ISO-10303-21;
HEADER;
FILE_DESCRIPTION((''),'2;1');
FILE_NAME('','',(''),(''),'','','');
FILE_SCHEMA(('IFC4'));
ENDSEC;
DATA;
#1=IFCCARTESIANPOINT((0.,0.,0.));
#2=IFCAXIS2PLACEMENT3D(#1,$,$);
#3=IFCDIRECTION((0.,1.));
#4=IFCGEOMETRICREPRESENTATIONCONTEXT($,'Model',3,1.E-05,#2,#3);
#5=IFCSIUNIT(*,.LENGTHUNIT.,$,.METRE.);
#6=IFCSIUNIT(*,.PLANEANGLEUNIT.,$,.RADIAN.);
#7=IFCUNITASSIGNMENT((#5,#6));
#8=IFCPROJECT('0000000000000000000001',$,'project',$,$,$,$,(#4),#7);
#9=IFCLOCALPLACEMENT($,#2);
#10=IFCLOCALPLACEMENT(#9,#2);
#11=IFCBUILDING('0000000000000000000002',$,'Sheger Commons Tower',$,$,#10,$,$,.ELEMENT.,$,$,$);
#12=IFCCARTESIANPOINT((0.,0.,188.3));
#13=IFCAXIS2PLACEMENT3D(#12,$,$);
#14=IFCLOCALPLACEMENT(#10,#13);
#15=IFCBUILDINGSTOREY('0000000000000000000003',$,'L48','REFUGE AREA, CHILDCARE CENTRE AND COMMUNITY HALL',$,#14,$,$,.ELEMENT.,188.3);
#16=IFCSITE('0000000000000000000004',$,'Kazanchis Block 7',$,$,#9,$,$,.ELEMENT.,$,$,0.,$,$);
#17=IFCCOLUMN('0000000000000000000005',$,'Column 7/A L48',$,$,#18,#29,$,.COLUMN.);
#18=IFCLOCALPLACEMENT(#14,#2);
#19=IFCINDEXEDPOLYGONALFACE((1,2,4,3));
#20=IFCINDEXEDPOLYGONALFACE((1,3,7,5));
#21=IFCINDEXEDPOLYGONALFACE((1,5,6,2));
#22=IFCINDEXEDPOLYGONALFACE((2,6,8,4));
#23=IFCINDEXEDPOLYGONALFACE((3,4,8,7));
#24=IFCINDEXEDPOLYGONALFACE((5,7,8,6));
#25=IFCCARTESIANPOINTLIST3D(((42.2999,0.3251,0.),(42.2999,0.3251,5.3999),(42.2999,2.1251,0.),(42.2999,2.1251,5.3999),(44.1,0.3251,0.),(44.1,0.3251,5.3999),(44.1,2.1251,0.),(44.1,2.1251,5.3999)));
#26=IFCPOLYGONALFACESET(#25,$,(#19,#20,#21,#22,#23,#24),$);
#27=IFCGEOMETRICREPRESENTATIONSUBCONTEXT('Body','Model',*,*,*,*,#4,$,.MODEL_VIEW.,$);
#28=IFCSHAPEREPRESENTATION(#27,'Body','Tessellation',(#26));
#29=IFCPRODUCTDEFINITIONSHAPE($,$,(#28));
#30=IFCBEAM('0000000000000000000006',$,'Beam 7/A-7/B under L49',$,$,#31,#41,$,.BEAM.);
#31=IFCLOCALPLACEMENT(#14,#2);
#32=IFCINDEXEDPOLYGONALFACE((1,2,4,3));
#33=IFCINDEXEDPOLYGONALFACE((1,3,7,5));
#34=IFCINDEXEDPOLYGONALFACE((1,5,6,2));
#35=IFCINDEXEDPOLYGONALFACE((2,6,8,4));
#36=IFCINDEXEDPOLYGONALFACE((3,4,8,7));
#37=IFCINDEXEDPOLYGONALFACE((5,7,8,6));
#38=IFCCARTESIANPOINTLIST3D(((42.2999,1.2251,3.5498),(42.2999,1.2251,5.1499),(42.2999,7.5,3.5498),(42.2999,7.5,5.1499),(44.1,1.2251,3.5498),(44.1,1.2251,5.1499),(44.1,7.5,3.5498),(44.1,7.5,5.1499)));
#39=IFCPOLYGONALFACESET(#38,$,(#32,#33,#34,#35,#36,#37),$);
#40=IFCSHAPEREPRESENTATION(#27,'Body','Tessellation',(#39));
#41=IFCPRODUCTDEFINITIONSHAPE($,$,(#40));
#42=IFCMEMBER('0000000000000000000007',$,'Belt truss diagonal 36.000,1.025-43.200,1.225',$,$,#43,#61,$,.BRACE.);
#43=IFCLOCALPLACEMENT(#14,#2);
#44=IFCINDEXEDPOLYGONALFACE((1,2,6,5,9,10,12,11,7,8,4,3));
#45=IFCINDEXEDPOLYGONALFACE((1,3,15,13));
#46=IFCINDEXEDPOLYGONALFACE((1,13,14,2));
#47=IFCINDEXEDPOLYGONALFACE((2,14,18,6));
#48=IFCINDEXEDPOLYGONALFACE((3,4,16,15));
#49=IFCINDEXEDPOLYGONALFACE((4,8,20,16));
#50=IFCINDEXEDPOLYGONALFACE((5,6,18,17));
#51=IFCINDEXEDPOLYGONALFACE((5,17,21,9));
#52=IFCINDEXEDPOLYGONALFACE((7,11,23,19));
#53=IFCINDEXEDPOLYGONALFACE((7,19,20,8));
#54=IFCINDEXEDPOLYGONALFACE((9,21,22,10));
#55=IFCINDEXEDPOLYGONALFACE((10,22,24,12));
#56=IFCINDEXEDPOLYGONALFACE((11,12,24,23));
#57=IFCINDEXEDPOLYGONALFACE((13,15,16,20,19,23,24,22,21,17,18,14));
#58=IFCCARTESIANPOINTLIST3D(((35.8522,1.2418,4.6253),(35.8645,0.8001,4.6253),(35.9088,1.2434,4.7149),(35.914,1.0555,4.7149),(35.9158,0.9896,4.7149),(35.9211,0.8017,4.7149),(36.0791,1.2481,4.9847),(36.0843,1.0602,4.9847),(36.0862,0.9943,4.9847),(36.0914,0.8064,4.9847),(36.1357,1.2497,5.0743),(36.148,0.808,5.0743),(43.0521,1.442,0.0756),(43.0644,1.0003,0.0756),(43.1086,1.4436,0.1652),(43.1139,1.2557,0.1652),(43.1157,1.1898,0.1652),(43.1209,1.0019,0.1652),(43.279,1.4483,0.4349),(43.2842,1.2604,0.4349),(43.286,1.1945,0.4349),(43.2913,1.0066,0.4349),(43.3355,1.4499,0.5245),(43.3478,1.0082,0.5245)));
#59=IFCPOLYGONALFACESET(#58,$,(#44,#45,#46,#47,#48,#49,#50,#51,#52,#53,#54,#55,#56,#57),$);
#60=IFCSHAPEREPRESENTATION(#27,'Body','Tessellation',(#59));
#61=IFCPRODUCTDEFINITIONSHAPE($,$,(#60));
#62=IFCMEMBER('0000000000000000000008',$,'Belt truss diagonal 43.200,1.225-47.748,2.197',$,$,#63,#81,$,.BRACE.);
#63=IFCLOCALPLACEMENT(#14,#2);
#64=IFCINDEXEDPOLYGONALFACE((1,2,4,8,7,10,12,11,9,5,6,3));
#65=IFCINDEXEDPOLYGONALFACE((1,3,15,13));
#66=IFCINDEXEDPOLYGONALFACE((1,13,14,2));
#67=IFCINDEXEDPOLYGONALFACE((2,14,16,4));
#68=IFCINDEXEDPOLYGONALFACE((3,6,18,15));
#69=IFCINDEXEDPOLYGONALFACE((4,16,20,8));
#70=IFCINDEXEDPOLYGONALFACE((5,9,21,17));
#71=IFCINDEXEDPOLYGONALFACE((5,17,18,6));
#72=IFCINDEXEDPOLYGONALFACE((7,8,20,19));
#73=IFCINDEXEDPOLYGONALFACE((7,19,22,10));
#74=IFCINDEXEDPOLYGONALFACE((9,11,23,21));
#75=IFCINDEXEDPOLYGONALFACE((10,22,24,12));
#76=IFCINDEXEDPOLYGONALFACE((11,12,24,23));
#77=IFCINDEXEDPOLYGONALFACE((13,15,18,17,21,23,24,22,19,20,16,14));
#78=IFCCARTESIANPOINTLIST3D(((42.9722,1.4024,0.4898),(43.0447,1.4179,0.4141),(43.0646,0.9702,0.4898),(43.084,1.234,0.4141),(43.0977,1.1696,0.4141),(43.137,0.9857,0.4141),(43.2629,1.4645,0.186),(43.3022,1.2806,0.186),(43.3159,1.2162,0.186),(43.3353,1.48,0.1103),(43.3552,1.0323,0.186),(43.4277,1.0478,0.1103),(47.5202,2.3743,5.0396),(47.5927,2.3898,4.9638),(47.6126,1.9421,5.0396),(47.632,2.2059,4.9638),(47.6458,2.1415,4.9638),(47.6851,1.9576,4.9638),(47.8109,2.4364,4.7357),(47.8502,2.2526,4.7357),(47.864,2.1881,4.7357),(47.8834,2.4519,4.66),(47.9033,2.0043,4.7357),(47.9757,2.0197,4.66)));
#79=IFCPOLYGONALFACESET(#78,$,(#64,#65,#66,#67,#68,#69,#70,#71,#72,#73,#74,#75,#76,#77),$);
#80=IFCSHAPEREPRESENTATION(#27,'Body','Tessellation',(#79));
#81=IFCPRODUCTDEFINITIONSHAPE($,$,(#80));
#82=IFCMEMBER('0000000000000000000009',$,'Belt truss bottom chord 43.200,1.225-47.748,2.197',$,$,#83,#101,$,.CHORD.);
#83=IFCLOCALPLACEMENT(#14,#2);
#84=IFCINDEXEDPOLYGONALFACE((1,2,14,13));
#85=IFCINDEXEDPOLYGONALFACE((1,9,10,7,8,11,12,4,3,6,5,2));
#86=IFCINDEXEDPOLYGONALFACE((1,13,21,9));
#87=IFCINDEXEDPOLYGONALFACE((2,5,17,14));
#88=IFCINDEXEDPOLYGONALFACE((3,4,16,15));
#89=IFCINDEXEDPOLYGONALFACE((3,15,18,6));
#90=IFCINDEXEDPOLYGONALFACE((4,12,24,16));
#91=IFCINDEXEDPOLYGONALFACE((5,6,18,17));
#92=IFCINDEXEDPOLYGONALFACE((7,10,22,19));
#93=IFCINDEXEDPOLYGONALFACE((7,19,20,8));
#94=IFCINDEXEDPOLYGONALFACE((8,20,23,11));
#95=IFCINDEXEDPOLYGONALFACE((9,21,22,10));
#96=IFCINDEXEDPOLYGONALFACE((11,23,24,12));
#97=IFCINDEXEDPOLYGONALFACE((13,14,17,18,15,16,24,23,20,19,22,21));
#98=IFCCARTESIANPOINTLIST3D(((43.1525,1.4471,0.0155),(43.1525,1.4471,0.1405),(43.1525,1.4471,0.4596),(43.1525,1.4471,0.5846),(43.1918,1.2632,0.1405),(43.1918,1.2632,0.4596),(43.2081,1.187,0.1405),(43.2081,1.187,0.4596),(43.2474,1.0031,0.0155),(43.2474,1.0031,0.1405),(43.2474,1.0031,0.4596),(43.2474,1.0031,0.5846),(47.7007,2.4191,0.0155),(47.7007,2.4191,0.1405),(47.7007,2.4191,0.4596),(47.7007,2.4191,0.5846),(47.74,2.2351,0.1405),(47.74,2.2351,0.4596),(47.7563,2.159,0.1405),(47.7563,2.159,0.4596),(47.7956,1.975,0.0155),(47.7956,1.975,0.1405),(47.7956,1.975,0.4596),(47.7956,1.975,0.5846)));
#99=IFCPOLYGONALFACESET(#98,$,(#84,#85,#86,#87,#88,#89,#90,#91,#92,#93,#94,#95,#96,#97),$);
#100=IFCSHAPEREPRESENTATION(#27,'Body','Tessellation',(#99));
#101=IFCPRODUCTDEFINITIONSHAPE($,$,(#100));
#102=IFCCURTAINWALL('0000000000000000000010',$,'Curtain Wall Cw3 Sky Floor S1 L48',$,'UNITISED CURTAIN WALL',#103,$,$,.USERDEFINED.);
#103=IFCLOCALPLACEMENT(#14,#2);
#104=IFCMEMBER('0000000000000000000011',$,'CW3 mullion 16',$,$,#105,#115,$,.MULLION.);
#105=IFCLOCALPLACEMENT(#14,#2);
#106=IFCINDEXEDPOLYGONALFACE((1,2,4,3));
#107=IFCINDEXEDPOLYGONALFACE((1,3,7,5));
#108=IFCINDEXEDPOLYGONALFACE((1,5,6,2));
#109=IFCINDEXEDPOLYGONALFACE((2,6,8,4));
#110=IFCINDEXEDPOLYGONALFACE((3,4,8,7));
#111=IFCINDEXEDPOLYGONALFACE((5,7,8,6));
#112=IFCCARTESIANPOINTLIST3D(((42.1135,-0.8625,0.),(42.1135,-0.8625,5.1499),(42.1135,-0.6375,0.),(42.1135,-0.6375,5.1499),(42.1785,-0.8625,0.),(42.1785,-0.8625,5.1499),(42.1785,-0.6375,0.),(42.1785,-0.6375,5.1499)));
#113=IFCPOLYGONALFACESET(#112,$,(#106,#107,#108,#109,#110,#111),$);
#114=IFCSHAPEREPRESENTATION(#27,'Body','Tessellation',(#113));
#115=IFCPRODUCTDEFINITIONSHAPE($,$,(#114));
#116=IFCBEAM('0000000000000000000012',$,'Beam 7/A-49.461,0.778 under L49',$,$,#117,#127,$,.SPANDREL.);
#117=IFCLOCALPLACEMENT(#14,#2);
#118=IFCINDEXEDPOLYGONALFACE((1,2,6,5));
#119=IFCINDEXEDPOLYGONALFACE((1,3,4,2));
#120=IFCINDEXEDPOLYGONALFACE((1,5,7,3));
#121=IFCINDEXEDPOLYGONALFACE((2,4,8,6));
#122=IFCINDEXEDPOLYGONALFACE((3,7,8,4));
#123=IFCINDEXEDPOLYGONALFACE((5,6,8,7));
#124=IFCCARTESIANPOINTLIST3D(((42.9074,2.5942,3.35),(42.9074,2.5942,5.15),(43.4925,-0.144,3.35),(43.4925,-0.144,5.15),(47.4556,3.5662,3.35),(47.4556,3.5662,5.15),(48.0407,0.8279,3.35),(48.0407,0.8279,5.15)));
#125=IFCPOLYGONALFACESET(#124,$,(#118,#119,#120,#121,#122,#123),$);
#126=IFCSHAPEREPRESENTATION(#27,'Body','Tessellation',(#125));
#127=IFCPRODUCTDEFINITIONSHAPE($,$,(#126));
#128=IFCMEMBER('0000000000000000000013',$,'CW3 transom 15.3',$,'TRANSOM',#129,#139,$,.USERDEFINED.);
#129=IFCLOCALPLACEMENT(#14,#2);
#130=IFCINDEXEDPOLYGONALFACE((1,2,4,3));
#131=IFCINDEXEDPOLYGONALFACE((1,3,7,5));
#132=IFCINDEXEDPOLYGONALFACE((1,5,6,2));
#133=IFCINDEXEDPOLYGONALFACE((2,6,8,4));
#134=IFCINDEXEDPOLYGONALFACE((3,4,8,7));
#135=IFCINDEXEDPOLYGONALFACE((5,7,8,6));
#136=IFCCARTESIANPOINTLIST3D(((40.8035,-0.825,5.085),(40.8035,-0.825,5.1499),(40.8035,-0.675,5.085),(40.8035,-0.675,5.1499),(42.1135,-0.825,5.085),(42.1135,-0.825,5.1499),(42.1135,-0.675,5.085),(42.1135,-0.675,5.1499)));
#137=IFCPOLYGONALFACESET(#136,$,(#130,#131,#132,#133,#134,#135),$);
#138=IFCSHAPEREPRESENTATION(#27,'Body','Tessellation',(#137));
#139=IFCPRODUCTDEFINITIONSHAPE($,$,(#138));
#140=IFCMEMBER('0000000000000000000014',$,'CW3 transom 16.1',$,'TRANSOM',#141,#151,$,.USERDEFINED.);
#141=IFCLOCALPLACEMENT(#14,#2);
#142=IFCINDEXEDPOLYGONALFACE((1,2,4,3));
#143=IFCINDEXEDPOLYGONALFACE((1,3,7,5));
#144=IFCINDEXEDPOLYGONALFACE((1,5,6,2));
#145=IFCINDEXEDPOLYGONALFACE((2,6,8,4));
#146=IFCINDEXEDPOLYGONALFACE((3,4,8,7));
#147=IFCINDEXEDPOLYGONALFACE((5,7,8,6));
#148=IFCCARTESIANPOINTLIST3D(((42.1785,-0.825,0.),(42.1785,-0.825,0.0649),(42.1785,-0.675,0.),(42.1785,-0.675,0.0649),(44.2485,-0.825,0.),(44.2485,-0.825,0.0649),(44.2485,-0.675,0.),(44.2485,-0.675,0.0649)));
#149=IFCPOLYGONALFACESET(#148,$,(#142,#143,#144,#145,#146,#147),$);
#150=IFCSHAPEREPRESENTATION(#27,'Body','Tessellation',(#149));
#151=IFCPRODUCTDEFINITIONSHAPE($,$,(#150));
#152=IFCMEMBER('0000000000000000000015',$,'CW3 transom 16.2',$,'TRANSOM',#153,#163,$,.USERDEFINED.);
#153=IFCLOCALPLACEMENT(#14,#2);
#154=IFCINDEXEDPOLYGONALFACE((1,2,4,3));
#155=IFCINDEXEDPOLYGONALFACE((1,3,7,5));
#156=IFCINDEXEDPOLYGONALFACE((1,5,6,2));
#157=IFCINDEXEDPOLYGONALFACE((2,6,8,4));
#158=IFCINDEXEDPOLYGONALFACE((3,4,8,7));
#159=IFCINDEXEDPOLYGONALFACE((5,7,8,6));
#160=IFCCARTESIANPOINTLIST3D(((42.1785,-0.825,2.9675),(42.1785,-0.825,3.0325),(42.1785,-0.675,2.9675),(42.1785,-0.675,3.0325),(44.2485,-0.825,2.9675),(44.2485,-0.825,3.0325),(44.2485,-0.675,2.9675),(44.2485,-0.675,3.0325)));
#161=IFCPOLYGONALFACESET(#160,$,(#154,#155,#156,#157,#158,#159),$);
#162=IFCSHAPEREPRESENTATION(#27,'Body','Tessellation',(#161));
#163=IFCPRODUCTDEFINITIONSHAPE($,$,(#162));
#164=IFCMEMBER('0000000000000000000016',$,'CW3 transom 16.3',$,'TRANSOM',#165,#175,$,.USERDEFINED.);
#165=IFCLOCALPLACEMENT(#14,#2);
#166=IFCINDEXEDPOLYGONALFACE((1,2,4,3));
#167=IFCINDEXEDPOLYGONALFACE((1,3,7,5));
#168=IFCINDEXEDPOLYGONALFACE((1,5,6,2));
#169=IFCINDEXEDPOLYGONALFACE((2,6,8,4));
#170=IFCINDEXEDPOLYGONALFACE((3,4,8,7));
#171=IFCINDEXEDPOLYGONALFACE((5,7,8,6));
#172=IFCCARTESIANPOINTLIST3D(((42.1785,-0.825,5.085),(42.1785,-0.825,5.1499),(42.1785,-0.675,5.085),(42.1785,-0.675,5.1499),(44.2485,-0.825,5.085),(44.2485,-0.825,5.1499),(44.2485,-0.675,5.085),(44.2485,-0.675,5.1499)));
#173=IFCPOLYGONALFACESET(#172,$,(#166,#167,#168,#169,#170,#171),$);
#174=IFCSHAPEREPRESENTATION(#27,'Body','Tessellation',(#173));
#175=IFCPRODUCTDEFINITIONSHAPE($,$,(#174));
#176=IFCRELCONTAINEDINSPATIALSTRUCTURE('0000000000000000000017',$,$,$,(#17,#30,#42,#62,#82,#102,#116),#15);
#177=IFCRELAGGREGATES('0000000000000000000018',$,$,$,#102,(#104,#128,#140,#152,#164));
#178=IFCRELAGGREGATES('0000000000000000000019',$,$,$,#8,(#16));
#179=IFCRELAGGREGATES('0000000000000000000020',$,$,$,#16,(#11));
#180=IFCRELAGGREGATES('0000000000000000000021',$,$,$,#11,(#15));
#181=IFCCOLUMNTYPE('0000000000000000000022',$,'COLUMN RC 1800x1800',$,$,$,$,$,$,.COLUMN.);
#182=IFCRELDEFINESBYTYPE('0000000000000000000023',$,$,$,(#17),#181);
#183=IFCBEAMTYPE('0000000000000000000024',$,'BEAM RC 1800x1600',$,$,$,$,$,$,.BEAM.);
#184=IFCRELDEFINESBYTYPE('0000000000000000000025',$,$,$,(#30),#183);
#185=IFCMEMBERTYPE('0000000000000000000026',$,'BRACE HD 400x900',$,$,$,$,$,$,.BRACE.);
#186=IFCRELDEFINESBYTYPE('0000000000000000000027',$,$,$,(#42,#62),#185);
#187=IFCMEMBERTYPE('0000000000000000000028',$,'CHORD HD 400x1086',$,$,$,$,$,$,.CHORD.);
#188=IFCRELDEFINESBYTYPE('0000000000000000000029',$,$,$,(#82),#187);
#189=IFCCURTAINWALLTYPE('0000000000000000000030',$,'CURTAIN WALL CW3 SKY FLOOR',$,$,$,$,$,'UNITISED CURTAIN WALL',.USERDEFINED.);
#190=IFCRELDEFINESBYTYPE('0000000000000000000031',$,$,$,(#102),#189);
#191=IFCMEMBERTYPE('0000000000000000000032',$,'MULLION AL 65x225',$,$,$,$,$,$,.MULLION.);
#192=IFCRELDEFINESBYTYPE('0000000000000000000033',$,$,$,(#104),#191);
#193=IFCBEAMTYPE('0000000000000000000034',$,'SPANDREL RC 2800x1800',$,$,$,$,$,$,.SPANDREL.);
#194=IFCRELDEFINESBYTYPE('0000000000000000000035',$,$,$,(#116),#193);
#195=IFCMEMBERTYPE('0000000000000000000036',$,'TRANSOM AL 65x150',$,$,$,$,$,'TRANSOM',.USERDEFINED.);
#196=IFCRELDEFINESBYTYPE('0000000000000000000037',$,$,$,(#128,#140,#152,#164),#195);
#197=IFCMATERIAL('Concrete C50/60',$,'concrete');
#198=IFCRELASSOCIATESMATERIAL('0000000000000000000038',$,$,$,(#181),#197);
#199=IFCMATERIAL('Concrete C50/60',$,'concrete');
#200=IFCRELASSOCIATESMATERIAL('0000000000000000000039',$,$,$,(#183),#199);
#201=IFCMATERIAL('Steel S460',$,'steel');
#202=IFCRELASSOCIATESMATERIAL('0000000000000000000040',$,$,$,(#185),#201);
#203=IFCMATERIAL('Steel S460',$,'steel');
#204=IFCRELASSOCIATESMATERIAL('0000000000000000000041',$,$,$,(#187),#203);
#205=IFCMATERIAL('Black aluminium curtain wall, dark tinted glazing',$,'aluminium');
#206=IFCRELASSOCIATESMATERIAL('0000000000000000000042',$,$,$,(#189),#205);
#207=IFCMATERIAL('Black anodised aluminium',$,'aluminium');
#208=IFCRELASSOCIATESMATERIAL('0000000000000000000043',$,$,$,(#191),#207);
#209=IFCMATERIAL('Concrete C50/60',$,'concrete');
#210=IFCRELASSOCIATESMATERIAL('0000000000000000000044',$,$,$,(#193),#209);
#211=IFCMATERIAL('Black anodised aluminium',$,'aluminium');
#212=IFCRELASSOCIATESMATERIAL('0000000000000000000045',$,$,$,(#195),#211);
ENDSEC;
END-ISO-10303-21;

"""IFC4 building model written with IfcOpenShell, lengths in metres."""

from ifc_helpers import new_model, si_unit, direction, frame, origin, origin_2d, place, context, subcontext, project, spatial, rectangle, i_section, extrude, material, material_profile, profile_set, type_object, element, aggregate, save


model = new_model("IFC4")

# Units and contexts
model_context = context("Model", 3, precision=1e-05, world=origin(), true_north=direction((0.0, 1.0)))
body_context = subcontext(model_context, "Body", "Model", "MODEL_VIEW")
ifc_project = project(units=[si_unit("LENGTHUNIT", "METRE"), si_unit("PLANEANGLEUNIT", "RADIAN")], contexts=[model_context])

# Site, building, storey
site_placement = place(None, origin())
site = spatial("IfcSite", under=ifc_project, at=site_placement, Name="Kazanchis Block 7", CompositionType="ELEMENT", RefElevation=0.0)
building_placement = place(site_placement, origin())
building = spatial("IfcBuilding", under=site, at=building_placement, Name="Sheger Commons Tower", CompositionType="ELEMENT")
storey_placement = place(building_placement, frame((0.0, 0.0, 188.3)))
storey = spatial("IfcBuildingStorey", under=building, at=storey_placement, Name="L48", Description="REFUGE AREA, CHILDCARE CENTRE AND COMMUNITY HALL", CompositionType="ELEMENT", Elevation=188.3)

# Column
ifc_material_1 = material(Name="Concrete C50/60", Category="concrete")
ifc_material_profile_1 = material_profile(ifc_material_1, rectangle(XDim=1.8, YDim=1.8, at=origin_2d()), Name="RC 1800x1800")
ifc_profile_set_1 = profile_set([ifc_material_profile_1], Name="Concrete C50/60")
column_type = type_object("IfcColumnType", Name="COLUMN RC 1800x1800", PredefinedType="COLUMN", material=ifc_profile_set_1)
column_placement = place(storey_placement, frame((43.2, 1.2251, 0.0), z_axis=(0.0, 0.0, 1.0), x_axis=(1.0, 0.0, 0.0)))
element("IfcColumn", 1, at=column_placement, inside=storey, type_object=column_type, Name="Column 7/A L48", PredefinedType="COLUMN", context=body_context, shape_type="SweptSolid", body=[
    extrude(rectangle(XDim=1.8, YDim=1.8, at=origin_2d()), origin(), (0.0, 0.0, 1.0), 5.3999),
])

# Beam
ifc_material_2 = material(Name="Concrete C50/60", Category="concrete")
ifc_material_profile_2 = material_profile(ifc_material_2, rectangle(XDim=1.8, YDim=1.6001, at=origin_2d()), Name="RC 1800x1600")
ifc_profile_set_2 = profile_set([ifc_material_profile_2], Name="Concrete C50/60")
beam_type_1 = type_object("IfcBeamType", Name="BEAM RC 1800x1600", PredefinedType="BEAM", material=ifc_profile_set_2)
beam_1_placement = place(storey_placement, frame((43.2, 1.2251, 4.3499), z_axis=(0.0, 1.0, 0.0), x_axis=(-1.0, 0.0, 0.0)))
element("IfcBeam", 2, at=beam_1_placement, inside=storey, type_object=beam_type_1, Name="Beam 7/A-7/B under L49", PredefinedType="BEAM", context=body_context, shape_type="SweptSolid", body=[
    extrude(rectangle(XDim=1.8, YDim=1.6001, at=origin_2d()), origin(), (0.0, 0.0, 1.0), 6.2749),
])

# Members
ifc_material_3 = material(Name="Steel S460", Category="steel")
ifc_material_profile_3 = material_profile(ifc_material_3, i_section(OverallWidth=0.4419, OverallDepth=0.531, WebThickness=0.0659, FlangeThickness=0.106, at=origin_2d()), Name="HD 400x900")
ifc_profile_set_3 = profile_set([ifc_material_profile_3], Name="Steel S460")
member_type_1 = type_object("IfcMemberType", Name="BRACE HD 400x900", PredefinedType="BRACE", material=ifc_profile_set_3)
member_1_placement = place(storey_placement, frame((43.2, 1.2251, 0.3), z_axis=(-0.845125, -0.023499, 0.534053), x_axis=(0.027794, -0.999614, 0.0)))
element("IfcMember", 3, at=member_1_placement, inside=storey, type_object=member_type_1, Name="Belt truss diagonal 36.000,1.025-43.200,1.225", PredefinedType="BRACE", context=body_context, shape_type="SweptSolid", body=[
    extrude(i_section(OverallWidth=0.4419, OverallDepth=0.531, WebThickness=0.0659, FlangeThickness=0.106, at=origin_2d()), origin(), (0.0, 0.0, 1.0), 8.5193),
])
member_2_placement = place(storey_placement, frame((43.2, 1.2251, 0.3), z_axis=(0.699041, 0.149384, 0.699304), x_axis=(-0.208981, 0.97792, 0.0)))
element("IfcMember", 4, at=member_2_placement, inside=storey, type_object=member_type_1, Name="Belt truss diagonal 43.200,1.225-47.748,2.197", PredefinedType="BRACE", context=body_context, shape_type="SweptSolid", body=[
    extrude(i_section(OverallWidth=0.4419, OverallDepth=0.531, WebThickness=0.0659, FlangeThickness=0.106, at=origin_2d()), origin(), (0.0, 0.0, 1.0), 6.5061),
])
ifc_material_4 = material(Name="Steel S460", Category="steel")
ifc_material_profile_4 = material_profile(ifc_material_4, i_section(OverallWidth=0.4541, OverallDepth=0.5691, WebThickness=0.0779, FlangeThickness=0.125, at=origin_2d()), Name="HD 400x1086")
ifc_profile_set_4 = profile_set([ifc_material_profile_4], Name="Steel S460")
member_type_2 = type_object("IfcMemberType", Name="CHORD HD 400x1086", PredefinedType="CHORD", material=ifc_profile_set_4)
member_3_placement = place(storey_placement, frame((43.2, 1.2251, 0.3), z_axis=(0.97792, 0.208981, 0.0), x_axis=(-0.208981, 0.97792, 0.0)))
element("IfcMember", 5, at=member_3_placement, inside=storey, type_object=member_type_2, Name="Belt truss bottom chord 43.200,1.225-47.748,2.197", PredefinedType="CHORD", context=body_context, shape_type="SweptSolid", body=[
    extrude(i_section(OverallWidth=0.4541, OverallDepth=0.5691, WebThickness=0.0779, FlangeThickness=0.125, at=origin_2d()), origin(), (0.0, 0.0, 1.0), 4.6509),
])

# Curtain wall, member
ifc_material_5 = material(Name="Black aluminium curtain wall, dark tinted glazing", Category="aluminium")
curtain_wall_type = type_object("IfcCurtainWallType", Name="CURTAIN WALL CW3 SKY FLOOR", ElementType="UNITISED CURTAIN WALL", PredefinedType="USERDEFINED", material=ifc_material_5)
curtain_wall_placement = place(storey_placement, origin())
curtain_wall = element("IfcCurtainWall", 6, at=curtain_wall_placement, inside=storey, type_object=curtain_wall_type, Name="Curtain Wall Cw3 Sky Floor S1 L48", ObjectType="UNITISED CURTAIN WALL", PredefinedType="USERDEFINED")
ifc_material_6 = material(Name="Black anodised aluminium", Category="aluminium")
ifc_material_profile_5 = material_profile(ifc_material_6, rectangle(XDim=0.2251, YDim=0.0649, at=origin_2d()), Name="AL 65x225")
ifc_profile_set_5 = profile_set([ifc_material_profile_5], Name="Black anodised aluminium")
member_type_3 = type_object("IfcMemberType", Name="MULLION AL 65x225", PredefinedType="MULLION", material=ifc_profile_set_5)
member_4_placement = place(storey_placement, frame((42.146, -0.75, 0.0), z_axis=(0.0, 0.0, 1.0), x_axis=(0.0, 1.0, 0.0)))
member_4 = element("IfcMember", 7, at=member_4_placement, type_object=member_type_3, Name="CW3 mullion 16", PredefinedType="MULLION", context=body_context, shape_type="SweptSolid", body=[
    extrude(rectangle(XDim=0.2251, YDim=0.0649, at=origin_2d()), origin(), (0.0, 0.0, 1.0), 5.1499),
])

# Beam
ifc_material_7 = material(Name="Concrete C50/60", Category="concrete")
ifc_material_profile_6 = material_profile(ifc_material_7, rectangle(XDim=2.8, YDim=1.8, at=origin_2d()), Name="RC 2800x1800")
ifc_profile_set_6 = profile_set([ifc_material_profile_6], Name="Concrete C50/60")
beam_type_2 = type_object("IfcBeamType", Name="SPANDREL RC 2800x1800", PredefinedType="SPANDREL", material=ifc_profile_set_6)
beam_2_placement = place(storey_placement, frame((43.2, 1.2251, 4.25), z_axis=(0.97792, 0.208981, 0.0), x_axis=(-0.208981, 0.97792, 0.0)))
element("IfcBeam", 8, at=beam_2_placement, inside=storey, type_object=beam_type_2, Name="Beam 7/A-49.461,0.778 under L49", PredefinedType="SPANDREL", context=body_context, shape_type="SweptSolid", body=[
    extrude(rectangle(XDim=2.8, YDim=1.8, at=origin_2d()), origin(), (0.0, 0.0, 1.0), 4.6509),
])

# Members
ifc_material_8 = material(Name="Black anodised aluminium", Category="aluminium")
ifc_material_profile_7 = material_profile(ifc_material_8, rectangle(XDim=0.1499, YDim=0.0649, at=origin_2d()), Name="AL 65x150")
ifc_profile_set_7 = profile_set([ifc_material_profile_7], Name="Black anodised aluminium")
member_type_4 = type_object("IfcMemberType", Name="TRANSOM AL 65x150", ElementType="TRANSOM", PredefinedType="USERDEFINED", material=ifc_profile_set_7)
member_5_placement = place(storey_placement, frame((40.8035, -0.75, 5.1174), z_axis=(1.0, 0.0, 0.0), x_axis=(0.0, 1.0, 0.0)))
member_5 = element("IfcMember", 9, at=member_5_placement, type_object=member_type_4, Name="CW3 transom 15.3", ObjectType="TRANSOM", PredefinedType="USERDEFINED", context=body_context, shape_type="SweptSolid", body=[
    extrude(rectangle(XDim=0.1499, YDim=0.0649, at=origin_2d()), origin(), (0.0, 0.0, 1.0), 1.3101),
])
member_6_placement = place(storey_placement, frame((42.1785, -0.75, 0.0325), z_axis=(1.0, 0.0, 0.0), x_axis=(0.0, 1.0, 0.0)))
member_6 = element("IfcMember", 10, at=member_6_placement, type_object=member_type_4, Name="CW3 transom 16.1", ObjectType="TRANSOM", PredefinedType="USERDEFINED", context=body_context, shape_type="SweptSolid", body=[
    extrude(rectangle(XDim=0.1499, YDim=0.0649, at=origin_2d()), origin(), (0.0, 0.0, 1.0), 2.0701),
])
member_7_placement = place(storey_placement, frame((42.1785, -0.75, 3.0), z_axis=(1.0, 0.0, 0.0), x_axis=(0.0, 1.0, 0.0)))
member_7 = element("IfcMember", 11, at=member_7_placement, type_object=member_type_4, Name="CW3 transom 16.2", ObjectType="TRANSOM", PredefinedType="USERDEFINED", context=body_context, shape_type="SweptSolid", body=[
    extrude(rectangle(XDim=0.1499, YDim=0.0649, at=origin_2d()), origin(), (0.0, 0.0, 1.0), 2.0701),
])
member_8_placement = place(storey_placement, frame((42.1785, -0.75, 5.1174), z_axis=(1.0, 0.0, 0.0), x_axis=(0.0, 1.0, 0.0)))
member_8 = element("IfcMember", 12, at=member_8_placement, type_object=member_type_4, Name="CW3 transom 16.3", ObjectType="TRANSOM", PredefinedType="USERDEFINED", context=body_context, shape_type="SweptSolid", body=[
    extrude(rectangle(XDim=0.1499, YDim=0.0649, at=origin_2d()), origin(), (0.0, 0.0, 1.0), 2.0701),
])

aggregate(curtain_wall, [member_4, member_5, member_6, member_7, member_8])

save(model, "model.ifc")
